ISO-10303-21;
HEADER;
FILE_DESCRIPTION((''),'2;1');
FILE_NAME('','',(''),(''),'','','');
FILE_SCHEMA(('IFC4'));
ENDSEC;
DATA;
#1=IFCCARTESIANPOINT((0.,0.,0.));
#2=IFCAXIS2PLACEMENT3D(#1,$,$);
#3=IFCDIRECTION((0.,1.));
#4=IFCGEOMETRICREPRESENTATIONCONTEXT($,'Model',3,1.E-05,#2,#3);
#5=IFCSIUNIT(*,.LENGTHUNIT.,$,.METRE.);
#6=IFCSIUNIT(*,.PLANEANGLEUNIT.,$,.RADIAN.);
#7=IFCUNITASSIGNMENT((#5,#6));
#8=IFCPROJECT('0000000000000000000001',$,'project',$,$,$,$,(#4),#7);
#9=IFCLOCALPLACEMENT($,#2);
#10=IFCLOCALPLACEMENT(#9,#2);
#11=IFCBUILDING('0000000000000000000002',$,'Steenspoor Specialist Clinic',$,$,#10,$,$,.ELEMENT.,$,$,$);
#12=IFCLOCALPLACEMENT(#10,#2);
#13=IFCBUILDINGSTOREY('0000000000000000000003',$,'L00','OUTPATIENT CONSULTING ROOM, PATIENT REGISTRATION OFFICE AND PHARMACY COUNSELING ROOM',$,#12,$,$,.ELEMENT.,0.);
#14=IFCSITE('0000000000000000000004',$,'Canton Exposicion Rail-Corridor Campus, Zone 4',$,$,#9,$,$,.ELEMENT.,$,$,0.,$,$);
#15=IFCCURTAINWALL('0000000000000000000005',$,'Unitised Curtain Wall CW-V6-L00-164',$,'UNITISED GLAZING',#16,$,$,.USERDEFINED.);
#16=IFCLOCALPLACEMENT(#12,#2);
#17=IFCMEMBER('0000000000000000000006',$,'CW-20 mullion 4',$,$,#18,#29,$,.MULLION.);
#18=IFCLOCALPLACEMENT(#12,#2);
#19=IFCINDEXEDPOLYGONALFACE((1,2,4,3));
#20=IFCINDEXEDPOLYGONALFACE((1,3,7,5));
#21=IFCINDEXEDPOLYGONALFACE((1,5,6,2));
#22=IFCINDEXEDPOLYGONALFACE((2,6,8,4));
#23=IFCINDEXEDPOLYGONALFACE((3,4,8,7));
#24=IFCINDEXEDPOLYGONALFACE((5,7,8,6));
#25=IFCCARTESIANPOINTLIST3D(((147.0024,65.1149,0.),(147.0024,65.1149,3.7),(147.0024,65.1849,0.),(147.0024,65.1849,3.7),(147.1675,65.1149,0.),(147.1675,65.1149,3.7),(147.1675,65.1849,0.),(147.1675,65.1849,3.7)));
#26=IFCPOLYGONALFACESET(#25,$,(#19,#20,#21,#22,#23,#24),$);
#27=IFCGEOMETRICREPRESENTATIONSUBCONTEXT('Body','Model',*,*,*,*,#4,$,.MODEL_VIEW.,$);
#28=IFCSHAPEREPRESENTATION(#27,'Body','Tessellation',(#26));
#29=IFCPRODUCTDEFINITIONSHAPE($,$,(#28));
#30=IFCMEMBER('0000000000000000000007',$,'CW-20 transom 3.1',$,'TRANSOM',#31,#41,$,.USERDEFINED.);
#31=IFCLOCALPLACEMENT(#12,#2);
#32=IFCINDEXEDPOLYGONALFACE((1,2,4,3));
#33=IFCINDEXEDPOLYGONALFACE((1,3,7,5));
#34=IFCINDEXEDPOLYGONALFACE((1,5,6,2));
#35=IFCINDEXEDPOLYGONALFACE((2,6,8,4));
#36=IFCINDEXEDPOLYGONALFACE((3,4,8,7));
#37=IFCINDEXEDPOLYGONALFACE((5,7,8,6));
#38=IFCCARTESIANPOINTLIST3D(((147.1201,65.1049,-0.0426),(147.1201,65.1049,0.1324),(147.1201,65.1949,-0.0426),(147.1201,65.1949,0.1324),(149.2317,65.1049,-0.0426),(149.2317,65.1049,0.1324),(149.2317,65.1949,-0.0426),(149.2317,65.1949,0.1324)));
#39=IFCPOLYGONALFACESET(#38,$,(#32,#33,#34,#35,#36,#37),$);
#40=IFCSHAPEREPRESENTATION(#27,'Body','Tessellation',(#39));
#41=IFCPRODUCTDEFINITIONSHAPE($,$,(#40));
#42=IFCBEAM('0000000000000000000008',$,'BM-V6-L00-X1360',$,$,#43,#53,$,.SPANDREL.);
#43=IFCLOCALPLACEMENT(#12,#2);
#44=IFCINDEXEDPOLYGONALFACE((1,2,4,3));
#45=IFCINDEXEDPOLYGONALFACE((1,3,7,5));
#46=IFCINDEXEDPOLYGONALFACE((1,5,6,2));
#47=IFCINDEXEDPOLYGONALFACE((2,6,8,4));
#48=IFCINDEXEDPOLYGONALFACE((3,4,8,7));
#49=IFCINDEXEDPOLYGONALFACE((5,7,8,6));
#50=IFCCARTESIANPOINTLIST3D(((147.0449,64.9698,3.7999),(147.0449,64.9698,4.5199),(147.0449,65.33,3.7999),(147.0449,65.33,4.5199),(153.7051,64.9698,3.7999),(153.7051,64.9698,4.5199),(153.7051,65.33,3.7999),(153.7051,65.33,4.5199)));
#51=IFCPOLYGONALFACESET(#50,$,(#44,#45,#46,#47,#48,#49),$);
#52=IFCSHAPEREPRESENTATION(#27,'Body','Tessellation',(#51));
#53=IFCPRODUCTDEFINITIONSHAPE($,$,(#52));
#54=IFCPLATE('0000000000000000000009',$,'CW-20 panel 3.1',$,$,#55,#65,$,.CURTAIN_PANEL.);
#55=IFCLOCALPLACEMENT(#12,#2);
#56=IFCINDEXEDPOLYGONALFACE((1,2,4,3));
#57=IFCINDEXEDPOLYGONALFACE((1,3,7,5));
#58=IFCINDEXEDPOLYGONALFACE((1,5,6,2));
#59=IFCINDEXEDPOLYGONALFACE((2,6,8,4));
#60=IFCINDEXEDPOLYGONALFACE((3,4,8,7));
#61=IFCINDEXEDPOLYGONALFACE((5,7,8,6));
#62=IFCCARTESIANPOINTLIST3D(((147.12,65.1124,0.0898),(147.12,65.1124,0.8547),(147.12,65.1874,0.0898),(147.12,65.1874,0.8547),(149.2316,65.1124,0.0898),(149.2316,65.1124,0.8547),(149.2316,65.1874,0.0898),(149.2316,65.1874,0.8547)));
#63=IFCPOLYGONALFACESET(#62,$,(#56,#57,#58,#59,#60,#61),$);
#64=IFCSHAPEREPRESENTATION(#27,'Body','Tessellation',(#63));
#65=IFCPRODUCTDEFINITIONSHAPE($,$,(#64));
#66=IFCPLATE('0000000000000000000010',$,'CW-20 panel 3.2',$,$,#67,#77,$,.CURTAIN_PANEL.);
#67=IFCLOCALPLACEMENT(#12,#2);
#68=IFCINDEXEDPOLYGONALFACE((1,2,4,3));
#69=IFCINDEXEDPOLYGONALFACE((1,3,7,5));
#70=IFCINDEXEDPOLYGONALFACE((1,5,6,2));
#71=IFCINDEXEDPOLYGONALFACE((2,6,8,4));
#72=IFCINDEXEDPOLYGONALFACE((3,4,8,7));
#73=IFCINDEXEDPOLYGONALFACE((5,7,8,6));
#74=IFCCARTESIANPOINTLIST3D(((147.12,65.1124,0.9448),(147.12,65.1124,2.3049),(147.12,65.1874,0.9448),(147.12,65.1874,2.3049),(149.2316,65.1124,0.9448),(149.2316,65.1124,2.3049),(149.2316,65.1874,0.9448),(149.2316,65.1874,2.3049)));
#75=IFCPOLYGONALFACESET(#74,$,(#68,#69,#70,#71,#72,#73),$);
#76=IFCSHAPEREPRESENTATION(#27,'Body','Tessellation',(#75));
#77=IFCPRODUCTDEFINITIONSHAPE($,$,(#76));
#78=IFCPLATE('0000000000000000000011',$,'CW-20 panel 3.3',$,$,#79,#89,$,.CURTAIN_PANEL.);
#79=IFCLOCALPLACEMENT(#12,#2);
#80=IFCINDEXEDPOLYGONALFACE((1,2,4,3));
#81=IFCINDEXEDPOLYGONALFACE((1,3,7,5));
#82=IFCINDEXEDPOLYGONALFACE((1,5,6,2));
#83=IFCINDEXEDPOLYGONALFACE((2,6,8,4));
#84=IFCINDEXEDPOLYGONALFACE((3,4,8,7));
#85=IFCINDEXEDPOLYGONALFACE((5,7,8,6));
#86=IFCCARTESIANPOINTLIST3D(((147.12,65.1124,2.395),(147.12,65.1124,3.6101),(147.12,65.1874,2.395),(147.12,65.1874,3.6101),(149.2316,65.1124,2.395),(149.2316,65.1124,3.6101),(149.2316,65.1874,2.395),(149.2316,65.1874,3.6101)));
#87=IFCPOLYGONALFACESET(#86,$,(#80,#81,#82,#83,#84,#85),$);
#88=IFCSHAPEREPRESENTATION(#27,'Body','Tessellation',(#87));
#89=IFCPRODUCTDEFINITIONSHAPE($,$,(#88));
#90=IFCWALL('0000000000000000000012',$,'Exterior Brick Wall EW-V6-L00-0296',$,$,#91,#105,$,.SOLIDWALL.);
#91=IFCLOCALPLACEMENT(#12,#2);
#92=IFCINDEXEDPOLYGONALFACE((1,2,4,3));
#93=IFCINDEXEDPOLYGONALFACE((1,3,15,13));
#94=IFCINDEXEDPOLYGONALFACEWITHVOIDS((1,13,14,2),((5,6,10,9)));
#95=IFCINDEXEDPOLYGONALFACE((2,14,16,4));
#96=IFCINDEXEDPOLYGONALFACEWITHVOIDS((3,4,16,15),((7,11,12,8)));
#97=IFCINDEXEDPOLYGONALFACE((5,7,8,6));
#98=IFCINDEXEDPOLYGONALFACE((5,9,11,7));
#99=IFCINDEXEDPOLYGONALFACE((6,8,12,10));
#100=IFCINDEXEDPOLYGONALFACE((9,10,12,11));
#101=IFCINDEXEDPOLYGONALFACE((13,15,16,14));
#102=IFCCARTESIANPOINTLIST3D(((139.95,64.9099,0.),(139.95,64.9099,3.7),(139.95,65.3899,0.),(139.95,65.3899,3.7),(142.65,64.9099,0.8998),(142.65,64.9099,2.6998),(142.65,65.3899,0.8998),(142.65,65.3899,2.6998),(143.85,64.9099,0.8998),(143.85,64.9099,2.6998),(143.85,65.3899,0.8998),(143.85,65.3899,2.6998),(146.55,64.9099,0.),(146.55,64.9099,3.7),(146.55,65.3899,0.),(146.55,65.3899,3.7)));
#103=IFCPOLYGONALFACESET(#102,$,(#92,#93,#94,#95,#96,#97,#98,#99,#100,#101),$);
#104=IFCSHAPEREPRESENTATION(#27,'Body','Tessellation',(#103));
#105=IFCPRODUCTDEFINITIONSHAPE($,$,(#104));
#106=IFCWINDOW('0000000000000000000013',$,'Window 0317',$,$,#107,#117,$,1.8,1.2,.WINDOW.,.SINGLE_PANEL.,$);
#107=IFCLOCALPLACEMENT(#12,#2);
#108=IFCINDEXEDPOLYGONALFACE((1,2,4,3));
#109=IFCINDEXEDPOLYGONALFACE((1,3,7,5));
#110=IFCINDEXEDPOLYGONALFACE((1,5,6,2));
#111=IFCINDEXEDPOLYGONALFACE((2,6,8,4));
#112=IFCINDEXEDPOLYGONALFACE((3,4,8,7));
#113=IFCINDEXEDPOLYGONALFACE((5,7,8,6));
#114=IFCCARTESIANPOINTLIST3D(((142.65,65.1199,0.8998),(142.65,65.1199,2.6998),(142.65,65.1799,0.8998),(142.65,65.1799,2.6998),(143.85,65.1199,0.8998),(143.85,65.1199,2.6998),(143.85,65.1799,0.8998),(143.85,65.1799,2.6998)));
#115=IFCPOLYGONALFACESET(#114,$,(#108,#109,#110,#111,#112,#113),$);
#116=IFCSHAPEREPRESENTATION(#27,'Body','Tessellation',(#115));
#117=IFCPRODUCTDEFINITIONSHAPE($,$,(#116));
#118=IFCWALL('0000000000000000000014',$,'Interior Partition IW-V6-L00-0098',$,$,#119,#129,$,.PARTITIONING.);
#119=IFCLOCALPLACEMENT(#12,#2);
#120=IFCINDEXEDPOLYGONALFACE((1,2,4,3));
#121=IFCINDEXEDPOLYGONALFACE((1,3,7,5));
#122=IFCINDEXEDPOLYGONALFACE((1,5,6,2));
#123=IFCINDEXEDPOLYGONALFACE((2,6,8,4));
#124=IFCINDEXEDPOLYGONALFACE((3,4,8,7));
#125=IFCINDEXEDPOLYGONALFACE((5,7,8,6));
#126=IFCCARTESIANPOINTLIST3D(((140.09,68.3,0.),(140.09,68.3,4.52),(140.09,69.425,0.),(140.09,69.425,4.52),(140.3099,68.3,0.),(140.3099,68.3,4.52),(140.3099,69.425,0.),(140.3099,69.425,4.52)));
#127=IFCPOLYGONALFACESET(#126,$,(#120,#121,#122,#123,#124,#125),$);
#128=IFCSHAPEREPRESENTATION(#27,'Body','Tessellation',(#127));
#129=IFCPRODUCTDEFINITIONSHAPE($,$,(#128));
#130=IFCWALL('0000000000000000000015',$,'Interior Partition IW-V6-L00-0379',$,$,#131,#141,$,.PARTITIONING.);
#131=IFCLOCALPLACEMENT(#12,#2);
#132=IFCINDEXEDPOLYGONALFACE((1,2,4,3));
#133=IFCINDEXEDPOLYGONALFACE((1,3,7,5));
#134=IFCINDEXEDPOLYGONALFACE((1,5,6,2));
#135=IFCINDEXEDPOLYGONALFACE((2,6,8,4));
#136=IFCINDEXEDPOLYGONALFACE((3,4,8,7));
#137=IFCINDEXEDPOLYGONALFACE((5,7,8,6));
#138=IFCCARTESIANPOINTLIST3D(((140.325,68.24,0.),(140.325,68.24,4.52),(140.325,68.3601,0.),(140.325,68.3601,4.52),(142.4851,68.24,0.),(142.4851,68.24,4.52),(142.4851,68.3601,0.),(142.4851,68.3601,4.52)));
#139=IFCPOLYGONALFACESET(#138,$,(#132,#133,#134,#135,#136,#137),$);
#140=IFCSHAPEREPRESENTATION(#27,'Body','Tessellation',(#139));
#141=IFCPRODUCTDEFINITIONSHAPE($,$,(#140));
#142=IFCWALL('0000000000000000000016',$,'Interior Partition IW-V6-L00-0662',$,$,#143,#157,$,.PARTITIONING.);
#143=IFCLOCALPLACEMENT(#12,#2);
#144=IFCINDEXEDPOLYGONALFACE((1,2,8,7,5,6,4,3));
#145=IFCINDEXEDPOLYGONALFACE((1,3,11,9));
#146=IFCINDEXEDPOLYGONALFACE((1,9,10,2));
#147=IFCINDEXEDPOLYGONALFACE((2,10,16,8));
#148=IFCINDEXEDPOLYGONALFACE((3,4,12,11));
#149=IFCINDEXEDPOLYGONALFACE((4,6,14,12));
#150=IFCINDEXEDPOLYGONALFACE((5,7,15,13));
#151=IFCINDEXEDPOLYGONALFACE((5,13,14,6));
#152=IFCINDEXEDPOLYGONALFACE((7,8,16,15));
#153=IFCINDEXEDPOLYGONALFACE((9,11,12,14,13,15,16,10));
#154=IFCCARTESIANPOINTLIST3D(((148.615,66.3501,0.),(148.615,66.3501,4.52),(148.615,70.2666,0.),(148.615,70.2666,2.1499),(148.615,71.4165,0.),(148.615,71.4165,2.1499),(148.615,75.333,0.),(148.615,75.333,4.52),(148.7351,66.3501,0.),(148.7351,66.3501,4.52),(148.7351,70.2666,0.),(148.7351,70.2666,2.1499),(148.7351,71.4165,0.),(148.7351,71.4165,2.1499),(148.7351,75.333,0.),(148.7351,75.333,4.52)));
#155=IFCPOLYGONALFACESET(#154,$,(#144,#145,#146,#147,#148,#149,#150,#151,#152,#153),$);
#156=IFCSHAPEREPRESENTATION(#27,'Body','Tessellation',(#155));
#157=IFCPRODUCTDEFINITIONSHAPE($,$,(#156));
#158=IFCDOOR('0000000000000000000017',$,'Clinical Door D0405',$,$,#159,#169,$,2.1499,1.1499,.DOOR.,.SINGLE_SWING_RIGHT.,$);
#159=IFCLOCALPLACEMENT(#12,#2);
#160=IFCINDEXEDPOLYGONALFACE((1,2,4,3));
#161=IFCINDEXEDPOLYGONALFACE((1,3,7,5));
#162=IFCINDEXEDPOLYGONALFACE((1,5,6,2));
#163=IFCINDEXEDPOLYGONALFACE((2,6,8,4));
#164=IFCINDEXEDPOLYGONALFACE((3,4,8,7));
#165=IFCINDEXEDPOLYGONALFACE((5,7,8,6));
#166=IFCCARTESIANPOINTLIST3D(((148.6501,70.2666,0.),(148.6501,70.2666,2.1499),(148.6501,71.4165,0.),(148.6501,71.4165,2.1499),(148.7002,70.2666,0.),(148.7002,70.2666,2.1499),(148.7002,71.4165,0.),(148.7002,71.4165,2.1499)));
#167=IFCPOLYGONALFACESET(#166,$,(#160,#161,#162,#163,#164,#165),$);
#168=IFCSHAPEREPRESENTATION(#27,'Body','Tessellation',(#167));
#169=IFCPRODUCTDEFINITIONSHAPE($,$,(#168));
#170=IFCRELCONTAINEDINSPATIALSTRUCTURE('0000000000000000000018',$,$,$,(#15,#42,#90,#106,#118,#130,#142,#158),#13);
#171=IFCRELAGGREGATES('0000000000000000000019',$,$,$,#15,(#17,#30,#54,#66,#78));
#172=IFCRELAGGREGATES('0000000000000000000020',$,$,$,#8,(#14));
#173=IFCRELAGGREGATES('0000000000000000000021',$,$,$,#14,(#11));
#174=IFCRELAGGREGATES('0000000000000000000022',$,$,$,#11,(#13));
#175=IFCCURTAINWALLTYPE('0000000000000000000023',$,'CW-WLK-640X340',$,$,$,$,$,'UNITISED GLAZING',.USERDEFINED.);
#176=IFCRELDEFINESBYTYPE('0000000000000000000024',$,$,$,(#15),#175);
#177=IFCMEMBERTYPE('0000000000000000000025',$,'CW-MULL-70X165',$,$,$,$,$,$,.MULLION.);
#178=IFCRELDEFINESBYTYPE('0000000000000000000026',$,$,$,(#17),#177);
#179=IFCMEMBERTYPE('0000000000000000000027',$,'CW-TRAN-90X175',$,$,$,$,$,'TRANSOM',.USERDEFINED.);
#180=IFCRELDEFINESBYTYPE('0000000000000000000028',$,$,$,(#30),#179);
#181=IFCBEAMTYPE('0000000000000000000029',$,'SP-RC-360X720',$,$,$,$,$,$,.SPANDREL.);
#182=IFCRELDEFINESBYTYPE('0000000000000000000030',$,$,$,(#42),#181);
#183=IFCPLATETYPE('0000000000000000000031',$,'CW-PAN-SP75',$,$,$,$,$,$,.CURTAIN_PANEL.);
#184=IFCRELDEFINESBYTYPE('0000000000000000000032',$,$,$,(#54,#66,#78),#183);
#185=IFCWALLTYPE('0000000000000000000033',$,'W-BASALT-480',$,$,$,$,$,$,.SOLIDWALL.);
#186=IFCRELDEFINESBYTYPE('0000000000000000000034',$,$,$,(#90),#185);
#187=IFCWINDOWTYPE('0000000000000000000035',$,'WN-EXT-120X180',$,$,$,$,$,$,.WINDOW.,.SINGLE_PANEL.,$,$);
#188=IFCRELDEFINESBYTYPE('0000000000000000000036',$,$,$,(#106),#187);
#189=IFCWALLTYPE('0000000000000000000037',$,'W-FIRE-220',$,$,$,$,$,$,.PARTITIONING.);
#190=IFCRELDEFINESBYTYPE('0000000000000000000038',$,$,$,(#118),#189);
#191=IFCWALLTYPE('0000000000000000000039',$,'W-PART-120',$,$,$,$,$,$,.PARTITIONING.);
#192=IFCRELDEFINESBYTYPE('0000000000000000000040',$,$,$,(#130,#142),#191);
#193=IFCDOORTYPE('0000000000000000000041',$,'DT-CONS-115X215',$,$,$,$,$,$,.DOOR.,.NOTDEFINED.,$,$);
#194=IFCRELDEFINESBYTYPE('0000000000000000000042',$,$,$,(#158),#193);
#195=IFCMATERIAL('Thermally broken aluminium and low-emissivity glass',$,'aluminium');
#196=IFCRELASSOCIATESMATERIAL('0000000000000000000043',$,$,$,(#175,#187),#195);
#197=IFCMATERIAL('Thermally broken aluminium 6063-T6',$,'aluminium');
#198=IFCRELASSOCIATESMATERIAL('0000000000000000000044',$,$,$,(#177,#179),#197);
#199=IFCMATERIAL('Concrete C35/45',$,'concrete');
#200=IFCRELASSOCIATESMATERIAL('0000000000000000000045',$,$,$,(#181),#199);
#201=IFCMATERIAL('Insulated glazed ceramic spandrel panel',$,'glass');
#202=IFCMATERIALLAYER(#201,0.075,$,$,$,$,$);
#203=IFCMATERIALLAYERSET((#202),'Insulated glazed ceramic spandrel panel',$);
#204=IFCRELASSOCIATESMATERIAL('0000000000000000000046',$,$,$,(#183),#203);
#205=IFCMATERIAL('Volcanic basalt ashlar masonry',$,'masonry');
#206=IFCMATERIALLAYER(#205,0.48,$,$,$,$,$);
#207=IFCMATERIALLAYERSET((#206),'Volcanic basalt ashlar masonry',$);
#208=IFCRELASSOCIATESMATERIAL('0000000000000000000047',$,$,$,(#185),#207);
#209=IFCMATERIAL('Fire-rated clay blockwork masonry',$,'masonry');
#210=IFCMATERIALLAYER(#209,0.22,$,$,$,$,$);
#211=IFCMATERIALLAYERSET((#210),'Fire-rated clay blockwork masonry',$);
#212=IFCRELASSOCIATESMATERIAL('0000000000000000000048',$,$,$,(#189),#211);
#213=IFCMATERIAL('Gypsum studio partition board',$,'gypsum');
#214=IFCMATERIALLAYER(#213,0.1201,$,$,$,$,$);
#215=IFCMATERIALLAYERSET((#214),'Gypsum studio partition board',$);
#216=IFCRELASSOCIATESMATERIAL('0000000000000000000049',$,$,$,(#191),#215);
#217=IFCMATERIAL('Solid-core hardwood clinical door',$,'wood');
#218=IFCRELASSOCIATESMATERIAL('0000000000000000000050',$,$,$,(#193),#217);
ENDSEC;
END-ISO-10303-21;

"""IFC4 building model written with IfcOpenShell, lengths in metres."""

from ifc_helpers import new_model, si_unit, direction, frame, frame_2d, origin, origin_2d, place, context, subcontext, project, spatial, rectangle, extrude, material, layer, layer_set, material_profile, profile_set, type_object, element, fill, aggregate, save


model = new_model("IFC4")

# Units and contexts
model_context = context("Model", 3, precision=1e-05, world=origin(), true_north=direction((0.0, 1.0)))
body_context = subcontext(model_context, "Body", "Model", "MODEL_VIEW")
ifc_project = project(units=[si_unit("LENGTHUNIT", "METRE"), si_unit("PLANEANGLEUNIT", "RADIAN")], contexts=[model_context])

# Site, building, storey
site_placement = place(None, origin())
site = spatial("IfcSite", under=ifc_project, at=site_placement, Name="Canton Exposicion Rail-Corridor Campus, Zone 4", CompositionType="ELEMENT", RefElevation=0.0)
building_placement = place(site_placement, origin())
building = spatial("IfcBuilding", under=site, at=building_placement, Name="Steenspoor Specialist Clinic", CompositionType="ELEMENT")
storey_placement = place(building_placement, origin())
storey = spatial("IfcBuildingStorey", under=building, at=storey_placement, Name="L00", Description="OUTPATIENT CONSULTING ROOM, PATIENT REGISTRATION OFFICE AND PHARMACY COUNSELING ROOM", CompositionType="ELEMENT", Elevation=0.0)

# Shared definitions
ifc_material_1 = material(Name="Concrete C35/45", Category="concrete")

# Curtain wall, members
ifc_material_2 = material(Name="Thermally broken aluminium and low-emissivity glass", Category="aluminium")
curtain_wall_type = type_object("IfcCurtainWallType", Name="CW-WLK-640X340", ElementType="UNITISED GLAZING", PredefinedType="USERDEFINED", material=ifc_material_2)
curtain_wall_placement = place(storey_placement, origin())
curtain_wall = element("IfcCurtainWall", 1, at=curtain_wall_placement, inside=storey, type_object=curtain_wall_type, Name="Unitised Curtain Wall CW-V6-L00-164", ObjectType="UNITISED GLAZING", PredefinedType="USERDEFINED")
ifc_material_3 = material(Name="Thermally broken aluminium 6063-T6", Category="aluminium")
ifc_material_profile_1 = material_profile(ifc_material_3, rectangle(XDim=0.0701, YDim=0.165, at=origin_2d()), Name="CWM-70X165")
ifc_profile_set_1 = profile_set([ifc_material_profile_1], Name="Thermally broken aluminium 6063-T6")
member_type_1 = type_object("IfcMemberType", Name="CW-MULL-70X165", PredefinedType="MULLION", material=ifc_profile_set_1)
member_1_placement = place(storey_placement, frame((147.085, 65.1499, 0.0), z_axis=(0.0, 0.0, 1.0), x_axis=(0.0, -1.0, 0.0)))
member_1 = element("IfcMember", 2, at=member_1_placement, type_object=member_type_1, Name="CW-20 mullion 4", PredefinedType="MULLION", context=body_context, shape_type="SweptSolid", body=[
    extrude(rectangle(XDim=0.0701, YDim=0.165, at=origin_2d()), origin(), (0.0, 0.0, 1.0), 3.7),
])
ifc_material_profile_2 = material_profile(ifc_material_3, rectangle(XDim=0.0901, YDim=0.175, at=origin_2d()), Name="CWT-90X175")
ifc_profile_set_2 = profile_set([ifc_material_profile_2], Name="Thermally broken aluminium 6063-T6")
member_type_2 = type_object("IfcMemberType", Name="CW-TRAN-90X175", ElementType="TRANSOM", PredefinedType="USERDEFINED", material=ifc_profile_set_2)
member_2_placement = place(storey_placement, frame((149.2317, 65.1499, 0.0449), z_axis=(-1.0, 0.0, 0.0), x_axis=(0.0, -1.0, 0.0)))
member_2 = element("IfcMember", 3, at=member_2_placement, type_object=member_type_2, Name="CW-20 transom 3.1", ObjectType="TRANSOM", PredefinedType="USERDEFINED", context=body_context, shape_type="SweptSolid", body=[
    extrude(rectangle(XDim=0.0901, YDim=0.175, at=origin_2d()), origin(), (0.0, 0.0, 1.0), 2.1116),
])

# Beam
ifc_material_profile_3 = material_profile(ifc_material_1, rectangle(XDim=0.3601, YDim=0.72, at=origin_2d()), Name="RC-SP-360X720")
ifc_profile_set_3 = profile_set([ifc_material_profile_3], Name="Concrete C35/45")
beam_type_1 = type_object("IfcBeamType", Name="SP-RC-360X720", PredefinedType="SPANDREL", material=ifc_profile_set_3)
beam_1_placement = place(storey_placement, frame((147.0449, 65.1499, 4.1599), z_axis=(1.0, 0.0, 0.0), x_axis=(0.0, 1.0, 0.0)))
element("IfcBeam", 4, at=beam_1_placement, inside=storey, type_object=beam_type_1, Name="BM-V6-L00-X1360", PredefinedType="SPANDREL", context=body_context, shape_type="SweptSolid", body=[
    extrude(rectangle(XDim=0.3601, YDim=0.72, at=origin_2d()), origin(), (0.0, 0.0, 1.0), 6.6602),
])

# Plates
ifc_material_4 = material(Name="Insulated glazed ceramic spandrel panel", Category="glass")
ifc_layer_1 = layer(ifc_material_4, 0.075)
ifc_layer_set_1 = layer_set([ifc_layer_1], Name="Insulated glazed ceramic spandrel panel")
plate_type = type_object("IfcPlateType", Name="CW-PAN-SP75", PredefinedType="CURTAIN_PANEL", material=ifc_layer_set_1)
plate_1_placement = place(storey_placement, frame((148.1758, 65.1499, 0.0898), z_axis=(0.0, 0.0, 1.0), x_axis=(-1.0, 0.0, 0.0)))
plate_1 = element("IfcPlate", 5, at=plate_1_placement, type_object=plate_type, Name="CW-20 panel 3.1", PredefinedType="CURTAIN_PANEL", context=body_context, shape_type="SweptSolid", body=[
    extrude(rectangle(XDim=2.1116, YDim=0.075, at=origin_2d()), origin(), (0.0, 0.0, 1.0), 0.7649),
])
plate_2_placement = place(storey_placement, frame((148.1758, 65.1499, 0.9448), z_axis=(0.0, 0.0, 1.0), x_axis=(-1.0, 0.0, 0.0)))
plate_2 = element("IfcPlate", 6, at=plate_2_placement, type_object=plate_type, Name="CW-20 panel 3.2", PredefinedType="CURTAIN_PANEL", context=body_context, shape_type="SweptSolid", body=[
    extrude(rectangle(XDim=2.1116, YDim=0.075, at=origin_2d()), origin(), (0.0, 0.0, 1.0), 1.3601),
])
plate_3_placement = place(storey_placement, frame((148.1758, 65.1499, 2.395), z_axis=(0.0, 0.0, 1.0), x_axis=(-1.0, 0.0, 0.0)))
plate_3 = element("IfcPlate", 7, at=plate_3_placement, type_object=plate_type, Name="CW-20 panel 3.3", PredefinedType="CURTAIN_PANEL", context=body_context, shape_type="SweptSolid", body=[
    extrude(rectangle(XDim=2.1116, YDim=0.075, at=origin_2d()), origin(), (0.0, 0.0, 1.0), 1.2151),
])
aggregate(curtain_wall, [member_1, member_2, plate_1, plate_2, plate_3])

# Wall, opening, window
ifc_material_5 = material(Name="Volcanic basalt ashlar masonry", Category="masonry")
ifc_layer_2 = layer(ifc_material_5, 0.48)
ifc_layer_set_2 = layer_set([ifc_layer_2], Name="Volcanic basalt ashlar masonry")
wall_type_1 = type_object("IfcWallType", Name="W-BASALT-480", PredefinedType="SOLIDWALL", material=ifc_layer_set_2)
wall_1_placement = place(storey_placement, frame((146.55, 65.1499, 0.0), z_axis=(0.0, 0.0, 1.0), x_axis=(-1.0, 0.0, 0.0)))
wall_1 = element("IfcWall", 8, at=wall_1_placement, inside=storey, type_object=wall_type_1, Name="Exterior Brick Wall EW-V6-L00-0296", PredefinedType="SOLIDWALL", context=body_context, shape_type="SweptSolid", body=[
    extrude(rectangle(XDim=6.6001, YDim=0.48, at=frame_2d((3.3, 0.0))), origin(), (0.0, 0.0, 1.0), 3.7),
])
opening_1_placement = place(wall_1_placement, frame((2.7, 0.0, 0.8999)))
opening_1 = element("IfcOpeningElement", 9, at=opening_1_placement, cuts=wall_1, PredefinedType="OPENING", context=body_context, shape_type="SweptSolid", body=[
    extrude(rectangle(XDim=1.2, YDim=1.8, at=frame_2d((0.6001, 0.8999))), frame((0.0, 0.25, 0.0), z_axis=(0.0, -1.0, 0.0), x_axis=(1.0, 0.0, 0.0)), (0.0, 0.0, 1.0), 0.5),
])
window_type = type_object("IfcWindowType", Name="WN-EXT-120X180", PartitioningType="SINGLE_PANEL", PredefinedType="WINDOW", material=ifc_material_2)
window_placement = place(opening_1_placement, origin())
window = element("IfcWindow", 10, at=window_placement, inside=storey, type_object=window_type, Name="Window 0317", OverallHeight=1.8, OverallWidth=1.2, PartitioningType="SINGLE_PANEL", PredefinedType="WINDOW", context=body_context, shape_type="SweptSolid", body=[
    extrude(rectangle(XDim=1.2, YDim=1.8, at=frame_2d((0.6001, 0.8999))), frame((0.0, 0.03, 0.0), z_axis=(0.0, -1.0, 0.0), x_axis=(1.0, 0.0, 0.0)), (0.0, 0.0, 1.0), 0.0601),
])
fill(opening_1, window)

# Walls
ifc_material_6 = material(Name="Fire-rated clay blockwork masonry", Category="masonry")
ifc_layer_3 = layer(ifc_material_6, 0.22)
ifc_layer_set_3 = layer_set([ifc_layer_3], Name="Fire-rated clay blockwork masonry")
wall_type_2 = type_object("IfcWallType", Name="W-FIRE-220", PredefinedType="PARTITIONING", material=ifc_layer_set_3)
wall_2_placement = place(storey_placement, frame((140.2, 68.3, 0.0), z_axis=(0.0, 0.0, 1.0), x_axis=(0.0, 1.0, 0.0)))
element("IfcWall", 11, at=wall_2_placement, inside=storey, type_object=wall_type_2, Name="Interior Partition IW-V6-L00-0098", PredefinedType="PARTITIONING", context=body_context, shape_type="SweptSolid", body=[
    extrude(rectangle(XDim=1.125, YDim=0.22, at=frame_2d((0.5625, 0.0))), origin(), (0.0, 0.0, 1.0), 4.52),
])
ifc_material_7 = material(Name="Gypsum studio partition board", Category="gypsum")
ifc_layer_4 = layer(ifc_material_7, 0.1201)
ifc_layer_set_4 = layer_set([ifc_layer_4], Name="Gypsum studio partition board")
wall_type_3 = type_object("IfcWallType", Name="W-PART-120", PredefinedType="PARTITIONING", material=ifc_layer_set_4)
wall_3_placement = place(storey_placement, frame((140.325, 68.3, 0.0), z_axis=(0.0, 0.0, 1.0), x_axis=(1.0, 0.0, 0.0)))
element("IfcWall", 12, at=wall_3_placement, inside=storey, type_object=wall_type_3, Name="Interior Partition IW-V6-L00-0379", PredefinedType="PARTITIONING", context=body_context, shape_type="SweptSolid", body=[
    extrude(rectangle(XDim=2.1602, YDim=0.1201, at=frame_2d((1.0801, 0.0))), origin(), (0.0, 0.0, 1.0), 4.52),
])

# Wall, opening, door
wall_4_placement = place(storey_placement, frame((148.675, 66.3501, 0.0), z_axis=(0.0, 0.0, 1.0), x_axis=(0.0, 1.0, 0.0)))
wall_4 = element("IfcWall", 13, at=wall_4_placement, inside=storey, type_object=wall_type_3, Name="Interior Partition IW-V6-L00-0662", PredefinedType="PARTITIONING", context=body_context, shape_type="SweptSolid", body=[
    extrude(rectangle(XDim=8.9829, YDim=0.1201, at=frame_2d((4.4915, 0.0))), origin(), (0.0, 0.0, 1.0), 4.52),
])
opening_2_placement = place(wall_4_placement, frame((3.9165, 0.0, 0.0)))
opening_2 = element("IfcOpeningElement", 14, at=opening_2_placement, cuts=wall_4, PredefinedType="OPENING", context=body_context, shape_type="SweptSolid", body=[
    extrude(rectangle(XDim=1.1499, YDim=2.1499, at=frame_2d((0.575, 1.075))), frame((0.0, 0.0701, 0.0), z_axis=(0.0, -1.0, 0.0), x_axis=(1.0, 0.0, 0.0)), (0.0, 0.0, 1.0), 0.1401),
])
ifc_material_8 = material(Name="Solid-core hardwood clinical door", Category="wood")
door_type_1 = type_object("IfcDoorType", Name="DT-CONS-115X215", OperationType="NOTDEFINED", PredefinedType="DOOR", material=ifc_material_8)
door_1_placement = place(opening_2_placement, origin())
door_1 = element("IfcDoor", 15, at=door_1_placement, inside=storey, type_object=door_type_1, Name="Clinical Door D0405", OperationType="SINGLE_SWING_RIGHT", OverallHeight=2.1499, OverallWidth=1.1499, PredefinedType="DOOR", context=body_context, shape_type="SweptSolid", body=[
    extrude(rectangle(XDim=1.1499, YDim=2.1499, at=frame_2d((0.575, 1.075))), frame((0.0, 0.0249, 0.0), z_axis=(0.0, -1.0, 0.0), x_axis=(1.0, 0.0, 0.0)), (0.0, 0.0, 1.0), 0.05),
])
fill(opening_2, door_1)

save(model, "model.ifc")
